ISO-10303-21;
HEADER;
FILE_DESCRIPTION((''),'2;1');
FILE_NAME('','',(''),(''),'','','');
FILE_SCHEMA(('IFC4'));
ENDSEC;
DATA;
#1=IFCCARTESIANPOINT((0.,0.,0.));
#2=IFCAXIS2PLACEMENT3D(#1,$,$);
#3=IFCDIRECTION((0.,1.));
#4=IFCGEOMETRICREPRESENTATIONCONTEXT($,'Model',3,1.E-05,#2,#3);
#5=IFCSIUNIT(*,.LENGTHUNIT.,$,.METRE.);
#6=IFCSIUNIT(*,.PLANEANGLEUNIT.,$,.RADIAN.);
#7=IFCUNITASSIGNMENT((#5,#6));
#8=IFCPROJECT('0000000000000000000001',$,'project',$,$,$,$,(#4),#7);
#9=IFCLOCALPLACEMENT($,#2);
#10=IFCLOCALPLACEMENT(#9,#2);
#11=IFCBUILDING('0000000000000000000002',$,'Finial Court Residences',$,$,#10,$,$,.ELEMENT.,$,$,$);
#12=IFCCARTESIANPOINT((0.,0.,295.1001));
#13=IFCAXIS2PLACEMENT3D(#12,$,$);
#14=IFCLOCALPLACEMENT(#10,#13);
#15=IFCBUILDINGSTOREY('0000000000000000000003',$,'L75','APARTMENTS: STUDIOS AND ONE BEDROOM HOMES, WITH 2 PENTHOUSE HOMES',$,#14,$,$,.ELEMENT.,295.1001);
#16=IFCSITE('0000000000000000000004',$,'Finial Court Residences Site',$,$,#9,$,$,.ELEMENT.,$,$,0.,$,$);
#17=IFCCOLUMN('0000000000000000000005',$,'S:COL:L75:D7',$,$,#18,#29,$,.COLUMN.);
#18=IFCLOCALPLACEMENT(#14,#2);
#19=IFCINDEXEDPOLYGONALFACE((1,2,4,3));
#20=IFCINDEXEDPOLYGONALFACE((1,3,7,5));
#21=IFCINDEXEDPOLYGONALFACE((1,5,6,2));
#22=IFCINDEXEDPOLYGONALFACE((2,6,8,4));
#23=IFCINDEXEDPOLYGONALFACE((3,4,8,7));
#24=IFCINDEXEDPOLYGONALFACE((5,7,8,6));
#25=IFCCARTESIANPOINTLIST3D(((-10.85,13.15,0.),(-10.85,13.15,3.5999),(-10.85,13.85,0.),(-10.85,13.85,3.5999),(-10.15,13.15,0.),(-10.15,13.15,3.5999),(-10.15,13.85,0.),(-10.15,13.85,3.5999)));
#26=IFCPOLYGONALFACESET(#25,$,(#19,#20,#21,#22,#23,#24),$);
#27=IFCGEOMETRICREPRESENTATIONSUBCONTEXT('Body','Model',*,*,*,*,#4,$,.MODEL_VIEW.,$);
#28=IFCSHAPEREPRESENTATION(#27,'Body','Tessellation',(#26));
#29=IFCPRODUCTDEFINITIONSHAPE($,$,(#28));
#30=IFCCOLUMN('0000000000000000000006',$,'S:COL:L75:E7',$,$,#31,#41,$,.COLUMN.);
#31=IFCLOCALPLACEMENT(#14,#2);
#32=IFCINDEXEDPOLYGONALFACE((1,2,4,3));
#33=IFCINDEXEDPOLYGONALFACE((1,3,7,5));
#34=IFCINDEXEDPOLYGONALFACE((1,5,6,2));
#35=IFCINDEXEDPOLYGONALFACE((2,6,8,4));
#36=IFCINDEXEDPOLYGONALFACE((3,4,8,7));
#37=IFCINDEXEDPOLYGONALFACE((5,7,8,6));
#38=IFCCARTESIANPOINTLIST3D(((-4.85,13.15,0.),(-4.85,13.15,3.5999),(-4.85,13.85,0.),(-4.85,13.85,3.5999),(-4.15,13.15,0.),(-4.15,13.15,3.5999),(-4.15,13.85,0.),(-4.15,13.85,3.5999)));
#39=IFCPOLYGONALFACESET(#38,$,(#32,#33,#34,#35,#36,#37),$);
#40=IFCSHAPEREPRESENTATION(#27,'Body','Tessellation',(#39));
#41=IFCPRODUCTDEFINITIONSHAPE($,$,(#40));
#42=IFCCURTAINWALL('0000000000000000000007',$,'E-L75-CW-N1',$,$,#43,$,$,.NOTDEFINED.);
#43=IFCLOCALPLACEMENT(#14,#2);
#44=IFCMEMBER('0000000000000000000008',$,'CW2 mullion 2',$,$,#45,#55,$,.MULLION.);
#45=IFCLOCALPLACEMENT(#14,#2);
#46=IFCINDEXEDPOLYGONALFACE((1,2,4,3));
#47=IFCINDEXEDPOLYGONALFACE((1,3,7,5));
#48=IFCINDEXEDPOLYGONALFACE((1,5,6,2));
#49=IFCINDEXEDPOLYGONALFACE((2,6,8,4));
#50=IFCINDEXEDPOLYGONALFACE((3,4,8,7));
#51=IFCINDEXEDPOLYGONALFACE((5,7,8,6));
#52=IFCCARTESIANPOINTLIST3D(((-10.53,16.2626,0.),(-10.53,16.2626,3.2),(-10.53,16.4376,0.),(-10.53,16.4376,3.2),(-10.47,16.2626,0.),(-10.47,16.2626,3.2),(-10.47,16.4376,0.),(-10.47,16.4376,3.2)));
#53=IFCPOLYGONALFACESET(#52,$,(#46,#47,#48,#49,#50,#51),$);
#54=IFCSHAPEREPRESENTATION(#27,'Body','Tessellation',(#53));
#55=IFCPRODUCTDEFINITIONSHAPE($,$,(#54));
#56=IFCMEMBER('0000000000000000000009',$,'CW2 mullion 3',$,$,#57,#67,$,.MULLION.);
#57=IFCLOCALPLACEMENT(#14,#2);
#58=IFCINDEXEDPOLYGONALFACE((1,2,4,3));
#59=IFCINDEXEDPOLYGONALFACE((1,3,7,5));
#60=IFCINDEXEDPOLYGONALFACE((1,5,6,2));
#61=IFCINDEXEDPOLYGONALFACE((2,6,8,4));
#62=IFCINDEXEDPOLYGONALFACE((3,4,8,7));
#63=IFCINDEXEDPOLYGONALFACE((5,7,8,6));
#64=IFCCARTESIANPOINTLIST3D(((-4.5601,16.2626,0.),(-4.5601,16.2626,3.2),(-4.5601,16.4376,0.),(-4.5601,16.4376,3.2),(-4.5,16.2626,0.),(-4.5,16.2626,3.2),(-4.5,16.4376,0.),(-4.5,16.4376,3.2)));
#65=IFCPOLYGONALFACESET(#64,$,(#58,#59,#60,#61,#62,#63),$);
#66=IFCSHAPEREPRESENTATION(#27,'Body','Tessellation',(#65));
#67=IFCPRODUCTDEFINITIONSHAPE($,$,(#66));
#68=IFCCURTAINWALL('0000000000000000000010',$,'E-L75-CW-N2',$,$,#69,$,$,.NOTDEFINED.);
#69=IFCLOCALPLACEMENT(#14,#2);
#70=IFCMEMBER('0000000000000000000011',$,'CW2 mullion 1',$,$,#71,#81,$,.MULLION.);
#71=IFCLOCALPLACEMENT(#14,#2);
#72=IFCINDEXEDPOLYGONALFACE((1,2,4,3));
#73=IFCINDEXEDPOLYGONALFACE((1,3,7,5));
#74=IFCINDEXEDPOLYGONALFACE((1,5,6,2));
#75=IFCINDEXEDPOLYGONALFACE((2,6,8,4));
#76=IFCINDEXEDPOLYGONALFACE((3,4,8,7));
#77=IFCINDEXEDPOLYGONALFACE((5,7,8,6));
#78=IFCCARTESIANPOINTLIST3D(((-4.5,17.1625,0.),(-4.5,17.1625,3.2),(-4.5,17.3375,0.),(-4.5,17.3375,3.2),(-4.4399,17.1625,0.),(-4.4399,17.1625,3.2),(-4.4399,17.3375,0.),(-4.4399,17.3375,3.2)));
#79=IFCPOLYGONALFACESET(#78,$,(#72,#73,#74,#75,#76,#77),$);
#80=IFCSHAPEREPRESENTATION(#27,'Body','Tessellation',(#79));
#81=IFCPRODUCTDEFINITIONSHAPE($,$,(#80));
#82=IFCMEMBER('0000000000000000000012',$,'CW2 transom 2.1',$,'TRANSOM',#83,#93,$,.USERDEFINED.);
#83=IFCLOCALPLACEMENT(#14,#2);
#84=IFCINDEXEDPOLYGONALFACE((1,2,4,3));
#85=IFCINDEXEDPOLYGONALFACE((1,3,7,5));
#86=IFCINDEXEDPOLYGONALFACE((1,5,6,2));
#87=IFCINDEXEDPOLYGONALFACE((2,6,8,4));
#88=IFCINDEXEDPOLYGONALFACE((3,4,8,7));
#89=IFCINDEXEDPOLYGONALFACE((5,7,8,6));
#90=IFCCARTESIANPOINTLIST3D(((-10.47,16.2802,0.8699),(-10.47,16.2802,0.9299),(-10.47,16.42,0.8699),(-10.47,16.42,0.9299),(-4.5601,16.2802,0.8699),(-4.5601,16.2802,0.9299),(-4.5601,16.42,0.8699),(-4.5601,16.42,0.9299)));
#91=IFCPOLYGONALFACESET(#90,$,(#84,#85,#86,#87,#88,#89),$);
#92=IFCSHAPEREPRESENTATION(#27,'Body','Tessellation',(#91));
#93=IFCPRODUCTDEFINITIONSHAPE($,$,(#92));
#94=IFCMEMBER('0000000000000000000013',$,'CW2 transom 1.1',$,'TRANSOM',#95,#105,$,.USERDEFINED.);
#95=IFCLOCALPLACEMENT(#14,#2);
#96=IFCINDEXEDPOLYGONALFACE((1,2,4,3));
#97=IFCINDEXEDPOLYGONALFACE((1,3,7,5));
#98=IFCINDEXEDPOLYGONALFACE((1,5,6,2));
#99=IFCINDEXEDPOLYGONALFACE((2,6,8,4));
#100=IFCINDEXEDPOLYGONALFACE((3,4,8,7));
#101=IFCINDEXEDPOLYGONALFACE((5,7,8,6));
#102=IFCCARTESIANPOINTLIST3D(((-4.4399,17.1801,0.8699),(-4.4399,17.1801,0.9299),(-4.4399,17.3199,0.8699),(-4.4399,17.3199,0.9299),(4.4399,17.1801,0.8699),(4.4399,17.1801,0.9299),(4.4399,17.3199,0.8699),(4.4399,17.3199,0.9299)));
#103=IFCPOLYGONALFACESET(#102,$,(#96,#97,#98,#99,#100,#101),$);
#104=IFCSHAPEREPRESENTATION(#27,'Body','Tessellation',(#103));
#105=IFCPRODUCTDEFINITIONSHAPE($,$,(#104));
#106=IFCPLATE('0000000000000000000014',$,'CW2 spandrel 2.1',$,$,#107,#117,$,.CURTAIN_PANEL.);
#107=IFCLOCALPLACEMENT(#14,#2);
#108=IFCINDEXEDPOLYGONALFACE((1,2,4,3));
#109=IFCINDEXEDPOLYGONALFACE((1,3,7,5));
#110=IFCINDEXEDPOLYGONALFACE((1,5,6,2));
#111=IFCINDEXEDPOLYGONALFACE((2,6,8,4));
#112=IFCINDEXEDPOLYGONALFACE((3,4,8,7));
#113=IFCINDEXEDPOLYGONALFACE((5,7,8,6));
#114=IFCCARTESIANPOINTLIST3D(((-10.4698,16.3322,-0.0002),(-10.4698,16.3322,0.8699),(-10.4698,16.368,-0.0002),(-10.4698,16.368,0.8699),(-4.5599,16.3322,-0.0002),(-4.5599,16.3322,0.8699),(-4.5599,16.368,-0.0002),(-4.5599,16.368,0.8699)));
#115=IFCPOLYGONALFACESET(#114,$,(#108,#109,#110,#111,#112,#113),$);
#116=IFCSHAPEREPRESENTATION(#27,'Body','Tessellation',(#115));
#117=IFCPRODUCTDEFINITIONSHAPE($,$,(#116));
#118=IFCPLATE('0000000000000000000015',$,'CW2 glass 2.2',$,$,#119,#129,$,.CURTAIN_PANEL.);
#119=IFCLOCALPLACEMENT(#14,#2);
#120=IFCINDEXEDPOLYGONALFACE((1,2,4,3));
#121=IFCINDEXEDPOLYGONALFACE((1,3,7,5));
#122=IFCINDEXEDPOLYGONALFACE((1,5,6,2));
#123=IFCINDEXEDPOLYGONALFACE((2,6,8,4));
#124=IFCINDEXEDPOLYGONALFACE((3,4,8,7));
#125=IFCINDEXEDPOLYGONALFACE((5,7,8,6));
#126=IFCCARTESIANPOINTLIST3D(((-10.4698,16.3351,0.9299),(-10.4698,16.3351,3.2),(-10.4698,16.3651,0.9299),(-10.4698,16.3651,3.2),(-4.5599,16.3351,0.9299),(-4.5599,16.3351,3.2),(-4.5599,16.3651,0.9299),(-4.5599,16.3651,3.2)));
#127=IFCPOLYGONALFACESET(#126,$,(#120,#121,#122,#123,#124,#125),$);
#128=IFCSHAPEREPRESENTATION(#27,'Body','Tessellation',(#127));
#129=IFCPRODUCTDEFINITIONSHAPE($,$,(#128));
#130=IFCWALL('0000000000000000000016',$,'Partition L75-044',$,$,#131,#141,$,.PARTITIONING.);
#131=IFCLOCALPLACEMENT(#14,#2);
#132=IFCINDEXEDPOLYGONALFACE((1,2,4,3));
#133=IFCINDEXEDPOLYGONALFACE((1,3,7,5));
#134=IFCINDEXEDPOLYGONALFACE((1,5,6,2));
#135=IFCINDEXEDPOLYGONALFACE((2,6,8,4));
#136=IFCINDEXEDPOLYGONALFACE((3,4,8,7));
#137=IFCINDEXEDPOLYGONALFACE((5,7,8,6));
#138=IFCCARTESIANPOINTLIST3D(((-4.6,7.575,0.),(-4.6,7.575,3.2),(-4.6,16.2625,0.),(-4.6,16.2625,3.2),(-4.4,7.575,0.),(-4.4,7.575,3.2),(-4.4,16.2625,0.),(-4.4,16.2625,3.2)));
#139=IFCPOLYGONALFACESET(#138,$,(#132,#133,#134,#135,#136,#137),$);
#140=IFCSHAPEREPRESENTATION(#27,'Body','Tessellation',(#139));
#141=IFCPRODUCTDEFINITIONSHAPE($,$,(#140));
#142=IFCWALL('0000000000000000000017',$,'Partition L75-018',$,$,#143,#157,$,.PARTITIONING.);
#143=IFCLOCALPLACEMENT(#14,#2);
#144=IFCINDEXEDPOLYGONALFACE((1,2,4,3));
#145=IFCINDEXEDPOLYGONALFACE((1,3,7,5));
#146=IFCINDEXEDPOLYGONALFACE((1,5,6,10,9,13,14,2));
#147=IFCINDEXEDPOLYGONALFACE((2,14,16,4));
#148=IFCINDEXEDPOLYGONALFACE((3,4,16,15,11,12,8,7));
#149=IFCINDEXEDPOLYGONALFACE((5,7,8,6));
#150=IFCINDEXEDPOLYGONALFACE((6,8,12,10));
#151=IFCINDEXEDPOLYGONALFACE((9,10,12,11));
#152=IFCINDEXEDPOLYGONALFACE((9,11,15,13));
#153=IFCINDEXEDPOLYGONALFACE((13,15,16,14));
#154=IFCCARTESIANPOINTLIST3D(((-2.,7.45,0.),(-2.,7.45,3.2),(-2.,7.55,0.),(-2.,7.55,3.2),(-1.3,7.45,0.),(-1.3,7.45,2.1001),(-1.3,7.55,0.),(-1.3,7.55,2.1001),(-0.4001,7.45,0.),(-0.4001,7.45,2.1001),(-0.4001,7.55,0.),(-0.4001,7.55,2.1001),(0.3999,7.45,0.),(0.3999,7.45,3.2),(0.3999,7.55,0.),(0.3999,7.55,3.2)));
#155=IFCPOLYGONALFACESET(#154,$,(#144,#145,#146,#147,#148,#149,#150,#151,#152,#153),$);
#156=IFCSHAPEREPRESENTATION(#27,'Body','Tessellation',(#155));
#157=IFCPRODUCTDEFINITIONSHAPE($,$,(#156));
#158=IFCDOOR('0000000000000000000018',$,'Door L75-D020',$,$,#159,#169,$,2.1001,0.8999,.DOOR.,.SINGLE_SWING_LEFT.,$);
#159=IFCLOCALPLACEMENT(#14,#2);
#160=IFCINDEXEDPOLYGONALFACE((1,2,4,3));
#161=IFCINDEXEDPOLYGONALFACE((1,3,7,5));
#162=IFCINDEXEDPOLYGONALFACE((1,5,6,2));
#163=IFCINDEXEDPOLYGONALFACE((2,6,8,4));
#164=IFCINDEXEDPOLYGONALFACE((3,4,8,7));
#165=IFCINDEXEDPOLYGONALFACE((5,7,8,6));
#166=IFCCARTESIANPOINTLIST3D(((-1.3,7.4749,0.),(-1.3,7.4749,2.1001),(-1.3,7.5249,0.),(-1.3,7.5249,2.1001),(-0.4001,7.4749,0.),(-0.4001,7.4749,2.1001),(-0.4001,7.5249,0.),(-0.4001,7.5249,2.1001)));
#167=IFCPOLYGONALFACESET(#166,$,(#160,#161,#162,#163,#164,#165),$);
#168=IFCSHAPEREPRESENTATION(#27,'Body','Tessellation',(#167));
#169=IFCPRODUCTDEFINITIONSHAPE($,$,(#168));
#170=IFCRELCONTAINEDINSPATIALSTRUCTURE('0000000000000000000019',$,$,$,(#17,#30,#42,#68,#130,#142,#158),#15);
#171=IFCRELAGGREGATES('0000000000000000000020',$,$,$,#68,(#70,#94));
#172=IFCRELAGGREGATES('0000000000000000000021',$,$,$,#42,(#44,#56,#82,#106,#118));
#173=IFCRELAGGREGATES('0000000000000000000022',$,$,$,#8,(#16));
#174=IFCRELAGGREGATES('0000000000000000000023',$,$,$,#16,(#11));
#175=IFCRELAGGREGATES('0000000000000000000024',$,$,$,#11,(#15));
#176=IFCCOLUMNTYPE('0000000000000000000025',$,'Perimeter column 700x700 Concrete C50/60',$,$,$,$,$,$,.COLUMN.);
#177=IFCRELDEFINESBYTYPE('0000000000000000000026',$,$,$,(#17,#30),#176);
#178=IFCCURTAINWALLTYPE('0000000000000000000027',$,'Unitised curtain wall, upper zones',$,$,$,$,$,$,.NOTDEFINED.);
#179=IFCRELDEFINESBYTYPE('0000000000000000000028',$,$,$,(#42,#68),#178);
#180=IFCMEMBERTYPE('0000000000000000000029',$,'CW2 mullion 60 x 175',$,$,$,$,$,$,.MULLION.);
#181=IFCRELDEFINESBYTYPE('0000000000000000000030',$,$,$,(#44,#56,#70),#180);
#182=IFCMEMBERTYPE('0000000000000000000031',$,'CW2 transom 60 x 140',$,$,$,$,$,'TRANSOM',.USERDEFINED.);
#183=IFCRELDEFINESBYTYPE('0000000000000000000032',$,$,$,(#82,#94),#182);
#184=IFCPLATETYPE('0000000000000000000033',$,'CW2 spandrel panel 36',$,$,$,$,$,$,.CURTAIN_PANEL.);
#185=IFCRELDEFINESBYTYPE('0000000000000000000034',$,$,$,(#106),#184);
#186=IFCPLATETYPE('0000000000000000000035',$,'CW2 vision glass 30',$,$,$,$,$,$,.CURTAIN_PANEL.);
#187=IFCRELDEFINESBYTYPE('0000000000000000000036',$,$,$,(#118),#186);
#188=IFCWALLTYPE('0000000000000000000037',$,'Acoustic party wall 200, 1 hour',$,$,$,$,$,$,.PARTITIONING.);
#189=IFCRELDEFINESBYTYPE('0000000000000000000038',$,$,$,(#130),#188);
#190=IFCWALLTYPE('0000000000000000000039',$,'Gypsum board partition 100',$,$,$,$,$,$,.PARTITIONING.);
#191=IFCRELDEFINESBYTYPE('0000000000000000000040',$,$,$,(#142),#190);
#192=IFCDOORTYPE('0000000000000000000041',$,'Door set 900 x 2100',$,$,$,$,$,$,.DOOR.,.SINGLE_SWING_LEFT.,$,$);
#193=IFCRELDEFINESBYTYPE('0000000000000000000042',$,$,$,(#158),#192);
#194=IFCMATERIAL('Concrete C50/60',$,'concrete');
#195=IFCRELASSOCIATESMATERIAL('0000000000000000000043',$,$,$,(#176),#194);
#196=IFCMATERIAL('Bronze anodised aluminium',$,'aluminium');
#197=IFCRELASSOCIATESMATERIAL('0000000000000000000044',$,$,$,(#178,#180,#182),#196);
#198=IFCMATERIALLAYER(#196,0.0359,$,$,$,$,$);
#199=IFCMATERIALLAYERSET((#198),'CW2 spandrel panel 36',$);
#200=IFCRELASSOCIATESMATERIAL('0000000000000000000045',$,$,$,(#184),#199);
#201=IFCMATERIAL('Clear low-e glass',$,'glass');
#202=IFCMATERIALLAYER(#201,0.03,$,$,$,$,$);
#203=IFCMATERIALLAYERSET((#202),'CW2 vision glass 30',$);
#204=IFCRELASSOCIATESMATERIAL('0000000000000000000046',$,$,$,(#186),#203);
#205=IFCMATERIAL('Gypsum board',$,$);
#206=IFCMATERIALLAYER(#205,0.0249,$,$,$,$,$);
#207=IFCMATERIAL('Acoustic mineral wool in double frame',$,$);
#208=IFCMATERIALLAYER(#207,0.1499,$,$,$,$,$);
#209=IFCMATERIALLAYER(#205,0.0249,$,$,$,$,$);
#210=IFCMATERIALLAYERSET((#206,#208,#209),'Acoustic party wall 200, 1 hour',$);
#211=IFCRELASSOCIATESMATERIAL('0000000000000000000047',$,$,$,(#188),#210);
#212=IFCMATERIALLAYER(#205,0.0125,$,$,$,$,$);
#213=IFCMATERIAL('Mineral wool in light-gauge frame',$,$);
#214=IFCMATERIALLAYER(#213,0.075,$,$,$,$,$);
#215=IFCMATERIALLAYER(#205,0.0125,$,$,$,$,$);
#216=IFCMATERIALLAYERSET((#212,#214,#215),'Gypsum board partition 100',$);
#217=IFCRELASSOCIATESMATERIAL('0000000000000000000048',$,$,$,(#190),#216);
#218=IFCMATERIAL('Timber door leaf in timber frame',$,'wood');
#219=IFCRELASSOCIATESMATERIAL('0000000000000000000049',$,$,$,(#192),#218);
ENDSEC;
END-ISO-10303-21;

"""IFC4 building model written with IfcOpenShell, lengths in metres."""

from ifc_helpers import new_model, si_unit, direction, frame, frame_2d, origin, origin_2d, place, context, subcontext, project, spatial, rectangle, extrude, material, layer, layer_set, material_profile, profile_set, type_object, element, fill, aggregate, save


model = new_model("IFC4")

# Units and contexts
model_context = context("Model", 3, precision=1e-05, world=origin(), true_north=direction((0.0, 1.0)))
body_context = subcontext(model_context, "Body", "Model", "MODEL_VIEW")
ifc_project = project(units=[si_unit("LENGTHUNIT", "METRE"), si_unit("PLANEANGLEUNIT", "RADIAN")], contexts=[model_context])

# Site, building, storey
site_placement = place(None, origin())
site = spatial("IfcSite", under=ifc_project, at=site_placement, Name="Finial Court Residences Site", CompositionType="ELEMENT", RefElevation=0.0)
building_placement = place(site_placement, origin())
building = spatial("IfcBuilding", under=site, at=building_placement, Name="Finial Court Residences", CompositionType="ELEMENT")
storey_placement = place(building_placement, frame((0.0, 0.0, 295.1001)))
storey = spatial("IfcBuildingStorey", under=building, at=storey_placement, Name="L75", Description="APARTMENTS: STUDIOS AND ONE BEDROOM HOMES, WITH 2 PENTHOUSE HOMES", CompositionType="ELEMENT", Elevation=295.1001)

# Columns
ifc_material_1 = material(Name="Concrete C50/60", Category="concrete")
ifc_material_profile_1 = material_profile(ifc_material_1, rectangle(XDim=0.7, YDim=0.7, at=origin_2d()), Name="700x700")
ifc_profile_set_1 = profile_set([ifc_material_profile_1], Name="Concrete C50/60")
column_type = type_object("IfcColumnType", Name="Perimeter column 700x700 Concrete C50/60", PredefinedType="COLUMN", material=ifc_profile_set_1)
for number, where, z_axis, x_axis, name in (
    (1, (-10.5, 13.5, 0.0), (0.0, 0.0, 1.0), (1.0, 0.0, 0.0), "S:COL:L75:D7"),
    (2, (-4.5, 13.5, 0.0), (0.0, 0.0, 1.0), (1.0, 0.0, 0.0), "S:COL:L75:E7"),
):
    element("IfcColumn", number, at=place(storey_placement, frame(where, z_axis=z_axis, x_axis=x_axis)), inside=storey, type_object=column_type, Name=name, PredefinedType="COLUMN", context=body_context, shape_type="SweptSolid", body=[
        extrude(rectangle(XDim=0.7, YDim=0.7, at=origin_2d()), origin(), (0.0, 0.0, 1.0), 3.5999),
    ])

# Curtain wall, members
ifc_material_2 = material(Name="Bronze anodised aluminium", Category="aluminium")
curtain_wall_type = type_object("IfcCurtainWallType", Name="Unitised curtain wall, upper zones", PredefinedType="NOTDEFINED", material=ifc_material_2)
curtain_wall_1_placement = place(storey_placement, origin())
curtain_wall_1 = element("IfcCurtainWall", 3, at=curtain_wall_1_placement, inside=storey, type_object=curtain_wall_type, Name="E-L75-CW-N1", PredefinedType="NOTDEFINED")
ifc_material_profile_2 = material_profile(ifc_material_2, rectangle(XDim=0.175, YDim=0.0601, at=origin_2d()), Name="CW2 mullion 60 x 175")
ifc_profile_set_2 = profile_set([ifc_material_profile_2], Name="Bronze anodised aluminium")
member_type_1 = type_object("IfcMemberType", Name="CW2 mullion 60 x 175", PredefinedType="MULLION", material=ifc_profile_set_2)
member_1_placement = place(storey_placement, frame((-10.5, 16.3501, 0.0), z_axis=(0.0, 0.0, 1.0), x_axis=(0.0, 1.0, 0.0)))
member_1 = element("IfcMember", 4, at=member_1_placement, type_object=member_type_1, Name="CW2 mullion 2", PredefinedType="MULLION", context=body_context, shape_type="SweptSolid", body=[
    extrude(rectangle(XDim=0.175, YDim=0.0601, at=origin_2d()), origin(), (0.0, 0.0, 1.0), 3.2),
])
member_2_placement = place(storey_placement, frame((-4.53, 16.3501, 0.0), z_axis=(0.0, 0.0, 1.0), x_axis=(0.0, 1.0, 0.0)))
member_2 = element("IfcMember", 5, at=member_2_placement, type_object=member_type_1, Name="CW2 mullion 3", PredefinedType="MULLION", context=body_context, shape_type="SweptSolid", body=[
    extrude(rectangle(XDim=0.175, YDim=0.0601, at=origin_2d()), origin(), (0.0, 0.0, 1.0), 3.2),
])

# Curtain wall, member
curtain_wall_2_placement = place(storey_placement, origin())
curtain_wall_2 = element("IfcCurtainWall", 6, at=curtain_wall_2_placement, inside=storey, type_object=curtain_wall_type, Name="E-L75-CW-N2", PredefinedType="NOTDEFINED")
member_3_placement = place(storey_placement, frame((-4.47, 17.25, 0.0), z_axis=(0.0, 0.0, 1.0), x_axis=(0.0, 1.0, 0.0)))
member_3 = element("IfcMember", 7, at=member_3_placement, type_object=member_type_1, Name="CW2 mullion 1", PredefinedType="MULLION", context=body_context, shape_type="SweptSolid", body=[
    extrude(rectangle(XDim=0.175, YDim=0.0601, at=origin_2d()), origin(), (0.0, 0.0, 1.0), 3.2),
])

# Members
ifc_material_profile_3 = material_profile(ifc_material_2, rectangle(XDim=0.1399, YDim=0.0601, at=origin_2d()), Name="CW2 transom 60 x 140")
ifc_profile_set_3 = profile_set([ifc_material_profile_3], Name="Bronze anodised aluminium")
member_type_2 = type_object("IfcMemberType", Name="CW2 transom 60 x 140", ElementType="TRANSOM", PredefinedType="USERDEFINED", material=ifc_profile_set_3)
member_4_placement = place(storey_placement, frame((-10.47, 16.3501, 0.8999), z_axis=(1.0, 0.0, 0.0), x_axis=(0.0, 1.0, 0.0)))
member_4 = element("IfcMember", 8, at=member_4_placement, type_object=member_type_2, Name="CW2 transom 2.1", ObjectType="TRANSOM", PredefinedType="USERDEFINED", context=body_context, shape_type="SweptSolid", body=[
    extrude(rectangle(XDim=0.1399, YDim=0.0601, at=origin_2d()), origin(), (0.0, 0.0, 1.0), 5.9099),
])
member_5_placement = place(storey_placement, frame((-4.4399, 17.25, 0.8999), z_axis=(1.0, 0.0, 0.0), x_axis=(0.0, 1.0, 0.0)))
member_5 = element("IfcMember", 9, at=member_5_placement, type_object=member_type_2, Name="CW2 transom 1.1", ObjectType="TRANSOM", PredefinedType="USERDEFINED", context=body_context, shape_type="SweptSolid", body=[
    extrude(rectangle(XDim=0.1399, YDim=0.0601, at=origin_2d()), origin(), (0.0, 0.0, 1.0), 8.8799),
])
aggregate(curtain_wall_2, [member_3, member_5])

# Plates
ifc_layer_1 = layer(ifc_material_2, 0.0359)
ifc_layer_set_1 = layer_set([ifc_layer_1], Name="CW2 spandrel panel 36")
plate_type_1 = type_object("IfcPlateType", Name="CW2 spandrel panel 36", PredefinedType="CURTAIN_PANEL", material=ifc_layer_set_1)
plate_1_placement = place(storey_placement, frame((-7.5149, 16.3501, -0.0002), z_axis=(0.0, 0.0, 1.0), x_axis=(1.0, 0.0, 0.0)))
plate_1 = element("IfcPlate", 10, at=plate_1_placement, type_object=plate_type_1, Name="CW2 spandrel 2.1", PredefinedType="CURTAIN_PANEL", context=body_context, shape_type="SweptSolid", body=[
    extrude(rectangle(XDim=5.9099, YDim=0.0359, at=origin_2d()), origin(), (0.0, 0.0, 1.0), 0.8701),
])
ifc_material_3 = material(Name="Clear low-e glass", Category="glass")
ifc_layer_2 = layer(ifc_material_3, 0.03)
ifc_layer_set_2 = layer_set([ifc_layer_2], Name="CW2 vision glass 30")
plate_type_2 = type_object("IfcPlateType", Name="CW2 vision glass 30", PredefinedType="CURTAIN_PANEL", material=ifc_layer_set_2)
plate_2_placement = place(storey_placement, frame((-7.5149, 16.3501, 0.9299), z_axis=(0.0, 0.0, 1.0), x_axis=(1.0, 0.0, 0.0)))
plate_2 = element("IfcPlate", 11, at=plate_2_placement, type_object=plate_type_2, Name="CW2 glass 2.2", PredefinedType="CURTAIN_PANEL", context=body_context, shape_type="SweptSolid", body=[
    extrude(rectangle(XDim=5.9099, YDim=0.03, at=origin_2d()), origin(), (0.0, 0.0, 1.0), 2.27),
])
aggregate(curtain_wall_1, [member_1, member_2, member_4, plate_1, plate_2])

# Wall
ifc_material_4 = material(Name="Gypsum board")
ifc_layer_3 = layer(ifc_material_4, 0.0249)
ifc_material_5 = material(Name="Acoustic mineral wool in double frame")
ifc_layer_4 = layer(ifc_material_5, 0.1499)
ifc_layer_5 = layer(ifc_material_4, 0.0249)
ifc_layer_set_3 = layer_set([ifc_layer_3, ifc_layer_4, ifc_layer_5], Name="Acoustic party wall 200, 1 hour")
wall_type_1 = type_object("IfcWallType", Name="Acoustic party wall 200, 1 hour", PredefinedType="PARTITIONING", material=ifc_layer_set_3)
wall_1_placement = place(storey_placement, frame((-4.5, 7.575, 0.0), z_axis=(0.0, 0.0, 1.0), x_axis=(0.0, 1.0, 0.0)))
element("IfcWall", 12, at=wall_1_placement, inside=storey, type_object=wall_type_1, Name="Partition L75-044", PredefinedType="PARTITIONING", context=body_context, shape_type="SweptSolid", body=[
    extrude(rectangle(XDim=8.6875, YDim=0.2, at=frame_2d((4.3438, 0.0))), origin(), (0.0, 0.0, 1.0), 3.2),
])

# Wall, opening, door
ifc_layer_6 = layer(ifc_material_4, 0.0125)
ifc_material_6 = material(Name="Mineral wool in light-gauge frame")
ifc_layer_7 = layer(ifc_material_6, 0.075)
ifc_layer_8 = layer(ifc_material_4, 0.0125)
ifc_layer_set_4 = layer_set([ifc_layer_6, ifc_layer_7, ifc_layer_8], Name="Gypsum board partition 100")
wall_type_2 = type_object("IfcWallType", Name="Gypsum board partition 100", PredefinedType="PARTITIONING", material=ifc_layer_set_4)
wall_2_placement = place(storey_placement, frame((-2.0, 7.5, 0.0), z_axis=(0.0, 0.0, 1.0), x_axis=(1.0, 0.0, 0.0)))
wall_2 = element("IfcWall", 13, at=wall_2_placement, inside=storey, type_object=wall_type_2, Name="Partition L75-018", PredefinedType="PARTITIONING", context=body_context, shape_type="SweptSolid", body=[
    extrude(rectangle(XDim=2.3999, YDim=0.1001, at=frame_2d((1.2, 0.0))), origin(), (0.0, 0.0, 1.0), 3.2),
])
opening_1_placement = place(wall_2_placement, frame((0.7, 0.0, 0.0)))
opening_1 = element("IfcOpeningElement", 14, at=opening_1_placement, cuts=wall_2, PredefinedType="OPENING", context=body_context, shape_type="SweptSolid", body=[
    extrude(rectangle(XDim=0.8999, YDim=2.1001, at=frame_2d((0.45, 1.05))), frame((0.0, 0.0601, 0.0), z_axis=(0.0, -1.0, 0.0), x_axis=(1.0, 0.0, 0.0)), (0.0, 0.0, 1.0), 0.1201),
])
ifc_material_7 = material(Name="Timber door leaf in timber frame", Category="wood")
door_type = type_object("IfcDoorType", Name="Door set 900 x 2100", OperationType="SINGLE_SWING_LEFT", PredefinedType="DOOR", material=ifc_material_7)
door_1_placement = place(opening_1_placement, origin())
door_1 = element("IfcDoor", 15, at=door_1_placement, inside=storey, type_object=door_type, Name="Door L75-D020", OperationType="SINGLE_SWING_LEFT", OverallHeight=2.1001, OverallWidth=0.8999, PredefinedType="DOOR", context=body_context, shape_type="SweptSolid", body=[
    extrude(rectangle(XDim=0.8999, YDim=2.1001, at=frame_2d((0.45, 1.05))), frame((0.0, 0.0249, 0.0), z_axis=(0.0, -1.0, 0.0), x_axis=(1.0, 0.0, 0.0)), (0.0, 0.0, 1.0), 0.05),
])
fill(opening_1, door_1)

save(model, "model.ifc")
